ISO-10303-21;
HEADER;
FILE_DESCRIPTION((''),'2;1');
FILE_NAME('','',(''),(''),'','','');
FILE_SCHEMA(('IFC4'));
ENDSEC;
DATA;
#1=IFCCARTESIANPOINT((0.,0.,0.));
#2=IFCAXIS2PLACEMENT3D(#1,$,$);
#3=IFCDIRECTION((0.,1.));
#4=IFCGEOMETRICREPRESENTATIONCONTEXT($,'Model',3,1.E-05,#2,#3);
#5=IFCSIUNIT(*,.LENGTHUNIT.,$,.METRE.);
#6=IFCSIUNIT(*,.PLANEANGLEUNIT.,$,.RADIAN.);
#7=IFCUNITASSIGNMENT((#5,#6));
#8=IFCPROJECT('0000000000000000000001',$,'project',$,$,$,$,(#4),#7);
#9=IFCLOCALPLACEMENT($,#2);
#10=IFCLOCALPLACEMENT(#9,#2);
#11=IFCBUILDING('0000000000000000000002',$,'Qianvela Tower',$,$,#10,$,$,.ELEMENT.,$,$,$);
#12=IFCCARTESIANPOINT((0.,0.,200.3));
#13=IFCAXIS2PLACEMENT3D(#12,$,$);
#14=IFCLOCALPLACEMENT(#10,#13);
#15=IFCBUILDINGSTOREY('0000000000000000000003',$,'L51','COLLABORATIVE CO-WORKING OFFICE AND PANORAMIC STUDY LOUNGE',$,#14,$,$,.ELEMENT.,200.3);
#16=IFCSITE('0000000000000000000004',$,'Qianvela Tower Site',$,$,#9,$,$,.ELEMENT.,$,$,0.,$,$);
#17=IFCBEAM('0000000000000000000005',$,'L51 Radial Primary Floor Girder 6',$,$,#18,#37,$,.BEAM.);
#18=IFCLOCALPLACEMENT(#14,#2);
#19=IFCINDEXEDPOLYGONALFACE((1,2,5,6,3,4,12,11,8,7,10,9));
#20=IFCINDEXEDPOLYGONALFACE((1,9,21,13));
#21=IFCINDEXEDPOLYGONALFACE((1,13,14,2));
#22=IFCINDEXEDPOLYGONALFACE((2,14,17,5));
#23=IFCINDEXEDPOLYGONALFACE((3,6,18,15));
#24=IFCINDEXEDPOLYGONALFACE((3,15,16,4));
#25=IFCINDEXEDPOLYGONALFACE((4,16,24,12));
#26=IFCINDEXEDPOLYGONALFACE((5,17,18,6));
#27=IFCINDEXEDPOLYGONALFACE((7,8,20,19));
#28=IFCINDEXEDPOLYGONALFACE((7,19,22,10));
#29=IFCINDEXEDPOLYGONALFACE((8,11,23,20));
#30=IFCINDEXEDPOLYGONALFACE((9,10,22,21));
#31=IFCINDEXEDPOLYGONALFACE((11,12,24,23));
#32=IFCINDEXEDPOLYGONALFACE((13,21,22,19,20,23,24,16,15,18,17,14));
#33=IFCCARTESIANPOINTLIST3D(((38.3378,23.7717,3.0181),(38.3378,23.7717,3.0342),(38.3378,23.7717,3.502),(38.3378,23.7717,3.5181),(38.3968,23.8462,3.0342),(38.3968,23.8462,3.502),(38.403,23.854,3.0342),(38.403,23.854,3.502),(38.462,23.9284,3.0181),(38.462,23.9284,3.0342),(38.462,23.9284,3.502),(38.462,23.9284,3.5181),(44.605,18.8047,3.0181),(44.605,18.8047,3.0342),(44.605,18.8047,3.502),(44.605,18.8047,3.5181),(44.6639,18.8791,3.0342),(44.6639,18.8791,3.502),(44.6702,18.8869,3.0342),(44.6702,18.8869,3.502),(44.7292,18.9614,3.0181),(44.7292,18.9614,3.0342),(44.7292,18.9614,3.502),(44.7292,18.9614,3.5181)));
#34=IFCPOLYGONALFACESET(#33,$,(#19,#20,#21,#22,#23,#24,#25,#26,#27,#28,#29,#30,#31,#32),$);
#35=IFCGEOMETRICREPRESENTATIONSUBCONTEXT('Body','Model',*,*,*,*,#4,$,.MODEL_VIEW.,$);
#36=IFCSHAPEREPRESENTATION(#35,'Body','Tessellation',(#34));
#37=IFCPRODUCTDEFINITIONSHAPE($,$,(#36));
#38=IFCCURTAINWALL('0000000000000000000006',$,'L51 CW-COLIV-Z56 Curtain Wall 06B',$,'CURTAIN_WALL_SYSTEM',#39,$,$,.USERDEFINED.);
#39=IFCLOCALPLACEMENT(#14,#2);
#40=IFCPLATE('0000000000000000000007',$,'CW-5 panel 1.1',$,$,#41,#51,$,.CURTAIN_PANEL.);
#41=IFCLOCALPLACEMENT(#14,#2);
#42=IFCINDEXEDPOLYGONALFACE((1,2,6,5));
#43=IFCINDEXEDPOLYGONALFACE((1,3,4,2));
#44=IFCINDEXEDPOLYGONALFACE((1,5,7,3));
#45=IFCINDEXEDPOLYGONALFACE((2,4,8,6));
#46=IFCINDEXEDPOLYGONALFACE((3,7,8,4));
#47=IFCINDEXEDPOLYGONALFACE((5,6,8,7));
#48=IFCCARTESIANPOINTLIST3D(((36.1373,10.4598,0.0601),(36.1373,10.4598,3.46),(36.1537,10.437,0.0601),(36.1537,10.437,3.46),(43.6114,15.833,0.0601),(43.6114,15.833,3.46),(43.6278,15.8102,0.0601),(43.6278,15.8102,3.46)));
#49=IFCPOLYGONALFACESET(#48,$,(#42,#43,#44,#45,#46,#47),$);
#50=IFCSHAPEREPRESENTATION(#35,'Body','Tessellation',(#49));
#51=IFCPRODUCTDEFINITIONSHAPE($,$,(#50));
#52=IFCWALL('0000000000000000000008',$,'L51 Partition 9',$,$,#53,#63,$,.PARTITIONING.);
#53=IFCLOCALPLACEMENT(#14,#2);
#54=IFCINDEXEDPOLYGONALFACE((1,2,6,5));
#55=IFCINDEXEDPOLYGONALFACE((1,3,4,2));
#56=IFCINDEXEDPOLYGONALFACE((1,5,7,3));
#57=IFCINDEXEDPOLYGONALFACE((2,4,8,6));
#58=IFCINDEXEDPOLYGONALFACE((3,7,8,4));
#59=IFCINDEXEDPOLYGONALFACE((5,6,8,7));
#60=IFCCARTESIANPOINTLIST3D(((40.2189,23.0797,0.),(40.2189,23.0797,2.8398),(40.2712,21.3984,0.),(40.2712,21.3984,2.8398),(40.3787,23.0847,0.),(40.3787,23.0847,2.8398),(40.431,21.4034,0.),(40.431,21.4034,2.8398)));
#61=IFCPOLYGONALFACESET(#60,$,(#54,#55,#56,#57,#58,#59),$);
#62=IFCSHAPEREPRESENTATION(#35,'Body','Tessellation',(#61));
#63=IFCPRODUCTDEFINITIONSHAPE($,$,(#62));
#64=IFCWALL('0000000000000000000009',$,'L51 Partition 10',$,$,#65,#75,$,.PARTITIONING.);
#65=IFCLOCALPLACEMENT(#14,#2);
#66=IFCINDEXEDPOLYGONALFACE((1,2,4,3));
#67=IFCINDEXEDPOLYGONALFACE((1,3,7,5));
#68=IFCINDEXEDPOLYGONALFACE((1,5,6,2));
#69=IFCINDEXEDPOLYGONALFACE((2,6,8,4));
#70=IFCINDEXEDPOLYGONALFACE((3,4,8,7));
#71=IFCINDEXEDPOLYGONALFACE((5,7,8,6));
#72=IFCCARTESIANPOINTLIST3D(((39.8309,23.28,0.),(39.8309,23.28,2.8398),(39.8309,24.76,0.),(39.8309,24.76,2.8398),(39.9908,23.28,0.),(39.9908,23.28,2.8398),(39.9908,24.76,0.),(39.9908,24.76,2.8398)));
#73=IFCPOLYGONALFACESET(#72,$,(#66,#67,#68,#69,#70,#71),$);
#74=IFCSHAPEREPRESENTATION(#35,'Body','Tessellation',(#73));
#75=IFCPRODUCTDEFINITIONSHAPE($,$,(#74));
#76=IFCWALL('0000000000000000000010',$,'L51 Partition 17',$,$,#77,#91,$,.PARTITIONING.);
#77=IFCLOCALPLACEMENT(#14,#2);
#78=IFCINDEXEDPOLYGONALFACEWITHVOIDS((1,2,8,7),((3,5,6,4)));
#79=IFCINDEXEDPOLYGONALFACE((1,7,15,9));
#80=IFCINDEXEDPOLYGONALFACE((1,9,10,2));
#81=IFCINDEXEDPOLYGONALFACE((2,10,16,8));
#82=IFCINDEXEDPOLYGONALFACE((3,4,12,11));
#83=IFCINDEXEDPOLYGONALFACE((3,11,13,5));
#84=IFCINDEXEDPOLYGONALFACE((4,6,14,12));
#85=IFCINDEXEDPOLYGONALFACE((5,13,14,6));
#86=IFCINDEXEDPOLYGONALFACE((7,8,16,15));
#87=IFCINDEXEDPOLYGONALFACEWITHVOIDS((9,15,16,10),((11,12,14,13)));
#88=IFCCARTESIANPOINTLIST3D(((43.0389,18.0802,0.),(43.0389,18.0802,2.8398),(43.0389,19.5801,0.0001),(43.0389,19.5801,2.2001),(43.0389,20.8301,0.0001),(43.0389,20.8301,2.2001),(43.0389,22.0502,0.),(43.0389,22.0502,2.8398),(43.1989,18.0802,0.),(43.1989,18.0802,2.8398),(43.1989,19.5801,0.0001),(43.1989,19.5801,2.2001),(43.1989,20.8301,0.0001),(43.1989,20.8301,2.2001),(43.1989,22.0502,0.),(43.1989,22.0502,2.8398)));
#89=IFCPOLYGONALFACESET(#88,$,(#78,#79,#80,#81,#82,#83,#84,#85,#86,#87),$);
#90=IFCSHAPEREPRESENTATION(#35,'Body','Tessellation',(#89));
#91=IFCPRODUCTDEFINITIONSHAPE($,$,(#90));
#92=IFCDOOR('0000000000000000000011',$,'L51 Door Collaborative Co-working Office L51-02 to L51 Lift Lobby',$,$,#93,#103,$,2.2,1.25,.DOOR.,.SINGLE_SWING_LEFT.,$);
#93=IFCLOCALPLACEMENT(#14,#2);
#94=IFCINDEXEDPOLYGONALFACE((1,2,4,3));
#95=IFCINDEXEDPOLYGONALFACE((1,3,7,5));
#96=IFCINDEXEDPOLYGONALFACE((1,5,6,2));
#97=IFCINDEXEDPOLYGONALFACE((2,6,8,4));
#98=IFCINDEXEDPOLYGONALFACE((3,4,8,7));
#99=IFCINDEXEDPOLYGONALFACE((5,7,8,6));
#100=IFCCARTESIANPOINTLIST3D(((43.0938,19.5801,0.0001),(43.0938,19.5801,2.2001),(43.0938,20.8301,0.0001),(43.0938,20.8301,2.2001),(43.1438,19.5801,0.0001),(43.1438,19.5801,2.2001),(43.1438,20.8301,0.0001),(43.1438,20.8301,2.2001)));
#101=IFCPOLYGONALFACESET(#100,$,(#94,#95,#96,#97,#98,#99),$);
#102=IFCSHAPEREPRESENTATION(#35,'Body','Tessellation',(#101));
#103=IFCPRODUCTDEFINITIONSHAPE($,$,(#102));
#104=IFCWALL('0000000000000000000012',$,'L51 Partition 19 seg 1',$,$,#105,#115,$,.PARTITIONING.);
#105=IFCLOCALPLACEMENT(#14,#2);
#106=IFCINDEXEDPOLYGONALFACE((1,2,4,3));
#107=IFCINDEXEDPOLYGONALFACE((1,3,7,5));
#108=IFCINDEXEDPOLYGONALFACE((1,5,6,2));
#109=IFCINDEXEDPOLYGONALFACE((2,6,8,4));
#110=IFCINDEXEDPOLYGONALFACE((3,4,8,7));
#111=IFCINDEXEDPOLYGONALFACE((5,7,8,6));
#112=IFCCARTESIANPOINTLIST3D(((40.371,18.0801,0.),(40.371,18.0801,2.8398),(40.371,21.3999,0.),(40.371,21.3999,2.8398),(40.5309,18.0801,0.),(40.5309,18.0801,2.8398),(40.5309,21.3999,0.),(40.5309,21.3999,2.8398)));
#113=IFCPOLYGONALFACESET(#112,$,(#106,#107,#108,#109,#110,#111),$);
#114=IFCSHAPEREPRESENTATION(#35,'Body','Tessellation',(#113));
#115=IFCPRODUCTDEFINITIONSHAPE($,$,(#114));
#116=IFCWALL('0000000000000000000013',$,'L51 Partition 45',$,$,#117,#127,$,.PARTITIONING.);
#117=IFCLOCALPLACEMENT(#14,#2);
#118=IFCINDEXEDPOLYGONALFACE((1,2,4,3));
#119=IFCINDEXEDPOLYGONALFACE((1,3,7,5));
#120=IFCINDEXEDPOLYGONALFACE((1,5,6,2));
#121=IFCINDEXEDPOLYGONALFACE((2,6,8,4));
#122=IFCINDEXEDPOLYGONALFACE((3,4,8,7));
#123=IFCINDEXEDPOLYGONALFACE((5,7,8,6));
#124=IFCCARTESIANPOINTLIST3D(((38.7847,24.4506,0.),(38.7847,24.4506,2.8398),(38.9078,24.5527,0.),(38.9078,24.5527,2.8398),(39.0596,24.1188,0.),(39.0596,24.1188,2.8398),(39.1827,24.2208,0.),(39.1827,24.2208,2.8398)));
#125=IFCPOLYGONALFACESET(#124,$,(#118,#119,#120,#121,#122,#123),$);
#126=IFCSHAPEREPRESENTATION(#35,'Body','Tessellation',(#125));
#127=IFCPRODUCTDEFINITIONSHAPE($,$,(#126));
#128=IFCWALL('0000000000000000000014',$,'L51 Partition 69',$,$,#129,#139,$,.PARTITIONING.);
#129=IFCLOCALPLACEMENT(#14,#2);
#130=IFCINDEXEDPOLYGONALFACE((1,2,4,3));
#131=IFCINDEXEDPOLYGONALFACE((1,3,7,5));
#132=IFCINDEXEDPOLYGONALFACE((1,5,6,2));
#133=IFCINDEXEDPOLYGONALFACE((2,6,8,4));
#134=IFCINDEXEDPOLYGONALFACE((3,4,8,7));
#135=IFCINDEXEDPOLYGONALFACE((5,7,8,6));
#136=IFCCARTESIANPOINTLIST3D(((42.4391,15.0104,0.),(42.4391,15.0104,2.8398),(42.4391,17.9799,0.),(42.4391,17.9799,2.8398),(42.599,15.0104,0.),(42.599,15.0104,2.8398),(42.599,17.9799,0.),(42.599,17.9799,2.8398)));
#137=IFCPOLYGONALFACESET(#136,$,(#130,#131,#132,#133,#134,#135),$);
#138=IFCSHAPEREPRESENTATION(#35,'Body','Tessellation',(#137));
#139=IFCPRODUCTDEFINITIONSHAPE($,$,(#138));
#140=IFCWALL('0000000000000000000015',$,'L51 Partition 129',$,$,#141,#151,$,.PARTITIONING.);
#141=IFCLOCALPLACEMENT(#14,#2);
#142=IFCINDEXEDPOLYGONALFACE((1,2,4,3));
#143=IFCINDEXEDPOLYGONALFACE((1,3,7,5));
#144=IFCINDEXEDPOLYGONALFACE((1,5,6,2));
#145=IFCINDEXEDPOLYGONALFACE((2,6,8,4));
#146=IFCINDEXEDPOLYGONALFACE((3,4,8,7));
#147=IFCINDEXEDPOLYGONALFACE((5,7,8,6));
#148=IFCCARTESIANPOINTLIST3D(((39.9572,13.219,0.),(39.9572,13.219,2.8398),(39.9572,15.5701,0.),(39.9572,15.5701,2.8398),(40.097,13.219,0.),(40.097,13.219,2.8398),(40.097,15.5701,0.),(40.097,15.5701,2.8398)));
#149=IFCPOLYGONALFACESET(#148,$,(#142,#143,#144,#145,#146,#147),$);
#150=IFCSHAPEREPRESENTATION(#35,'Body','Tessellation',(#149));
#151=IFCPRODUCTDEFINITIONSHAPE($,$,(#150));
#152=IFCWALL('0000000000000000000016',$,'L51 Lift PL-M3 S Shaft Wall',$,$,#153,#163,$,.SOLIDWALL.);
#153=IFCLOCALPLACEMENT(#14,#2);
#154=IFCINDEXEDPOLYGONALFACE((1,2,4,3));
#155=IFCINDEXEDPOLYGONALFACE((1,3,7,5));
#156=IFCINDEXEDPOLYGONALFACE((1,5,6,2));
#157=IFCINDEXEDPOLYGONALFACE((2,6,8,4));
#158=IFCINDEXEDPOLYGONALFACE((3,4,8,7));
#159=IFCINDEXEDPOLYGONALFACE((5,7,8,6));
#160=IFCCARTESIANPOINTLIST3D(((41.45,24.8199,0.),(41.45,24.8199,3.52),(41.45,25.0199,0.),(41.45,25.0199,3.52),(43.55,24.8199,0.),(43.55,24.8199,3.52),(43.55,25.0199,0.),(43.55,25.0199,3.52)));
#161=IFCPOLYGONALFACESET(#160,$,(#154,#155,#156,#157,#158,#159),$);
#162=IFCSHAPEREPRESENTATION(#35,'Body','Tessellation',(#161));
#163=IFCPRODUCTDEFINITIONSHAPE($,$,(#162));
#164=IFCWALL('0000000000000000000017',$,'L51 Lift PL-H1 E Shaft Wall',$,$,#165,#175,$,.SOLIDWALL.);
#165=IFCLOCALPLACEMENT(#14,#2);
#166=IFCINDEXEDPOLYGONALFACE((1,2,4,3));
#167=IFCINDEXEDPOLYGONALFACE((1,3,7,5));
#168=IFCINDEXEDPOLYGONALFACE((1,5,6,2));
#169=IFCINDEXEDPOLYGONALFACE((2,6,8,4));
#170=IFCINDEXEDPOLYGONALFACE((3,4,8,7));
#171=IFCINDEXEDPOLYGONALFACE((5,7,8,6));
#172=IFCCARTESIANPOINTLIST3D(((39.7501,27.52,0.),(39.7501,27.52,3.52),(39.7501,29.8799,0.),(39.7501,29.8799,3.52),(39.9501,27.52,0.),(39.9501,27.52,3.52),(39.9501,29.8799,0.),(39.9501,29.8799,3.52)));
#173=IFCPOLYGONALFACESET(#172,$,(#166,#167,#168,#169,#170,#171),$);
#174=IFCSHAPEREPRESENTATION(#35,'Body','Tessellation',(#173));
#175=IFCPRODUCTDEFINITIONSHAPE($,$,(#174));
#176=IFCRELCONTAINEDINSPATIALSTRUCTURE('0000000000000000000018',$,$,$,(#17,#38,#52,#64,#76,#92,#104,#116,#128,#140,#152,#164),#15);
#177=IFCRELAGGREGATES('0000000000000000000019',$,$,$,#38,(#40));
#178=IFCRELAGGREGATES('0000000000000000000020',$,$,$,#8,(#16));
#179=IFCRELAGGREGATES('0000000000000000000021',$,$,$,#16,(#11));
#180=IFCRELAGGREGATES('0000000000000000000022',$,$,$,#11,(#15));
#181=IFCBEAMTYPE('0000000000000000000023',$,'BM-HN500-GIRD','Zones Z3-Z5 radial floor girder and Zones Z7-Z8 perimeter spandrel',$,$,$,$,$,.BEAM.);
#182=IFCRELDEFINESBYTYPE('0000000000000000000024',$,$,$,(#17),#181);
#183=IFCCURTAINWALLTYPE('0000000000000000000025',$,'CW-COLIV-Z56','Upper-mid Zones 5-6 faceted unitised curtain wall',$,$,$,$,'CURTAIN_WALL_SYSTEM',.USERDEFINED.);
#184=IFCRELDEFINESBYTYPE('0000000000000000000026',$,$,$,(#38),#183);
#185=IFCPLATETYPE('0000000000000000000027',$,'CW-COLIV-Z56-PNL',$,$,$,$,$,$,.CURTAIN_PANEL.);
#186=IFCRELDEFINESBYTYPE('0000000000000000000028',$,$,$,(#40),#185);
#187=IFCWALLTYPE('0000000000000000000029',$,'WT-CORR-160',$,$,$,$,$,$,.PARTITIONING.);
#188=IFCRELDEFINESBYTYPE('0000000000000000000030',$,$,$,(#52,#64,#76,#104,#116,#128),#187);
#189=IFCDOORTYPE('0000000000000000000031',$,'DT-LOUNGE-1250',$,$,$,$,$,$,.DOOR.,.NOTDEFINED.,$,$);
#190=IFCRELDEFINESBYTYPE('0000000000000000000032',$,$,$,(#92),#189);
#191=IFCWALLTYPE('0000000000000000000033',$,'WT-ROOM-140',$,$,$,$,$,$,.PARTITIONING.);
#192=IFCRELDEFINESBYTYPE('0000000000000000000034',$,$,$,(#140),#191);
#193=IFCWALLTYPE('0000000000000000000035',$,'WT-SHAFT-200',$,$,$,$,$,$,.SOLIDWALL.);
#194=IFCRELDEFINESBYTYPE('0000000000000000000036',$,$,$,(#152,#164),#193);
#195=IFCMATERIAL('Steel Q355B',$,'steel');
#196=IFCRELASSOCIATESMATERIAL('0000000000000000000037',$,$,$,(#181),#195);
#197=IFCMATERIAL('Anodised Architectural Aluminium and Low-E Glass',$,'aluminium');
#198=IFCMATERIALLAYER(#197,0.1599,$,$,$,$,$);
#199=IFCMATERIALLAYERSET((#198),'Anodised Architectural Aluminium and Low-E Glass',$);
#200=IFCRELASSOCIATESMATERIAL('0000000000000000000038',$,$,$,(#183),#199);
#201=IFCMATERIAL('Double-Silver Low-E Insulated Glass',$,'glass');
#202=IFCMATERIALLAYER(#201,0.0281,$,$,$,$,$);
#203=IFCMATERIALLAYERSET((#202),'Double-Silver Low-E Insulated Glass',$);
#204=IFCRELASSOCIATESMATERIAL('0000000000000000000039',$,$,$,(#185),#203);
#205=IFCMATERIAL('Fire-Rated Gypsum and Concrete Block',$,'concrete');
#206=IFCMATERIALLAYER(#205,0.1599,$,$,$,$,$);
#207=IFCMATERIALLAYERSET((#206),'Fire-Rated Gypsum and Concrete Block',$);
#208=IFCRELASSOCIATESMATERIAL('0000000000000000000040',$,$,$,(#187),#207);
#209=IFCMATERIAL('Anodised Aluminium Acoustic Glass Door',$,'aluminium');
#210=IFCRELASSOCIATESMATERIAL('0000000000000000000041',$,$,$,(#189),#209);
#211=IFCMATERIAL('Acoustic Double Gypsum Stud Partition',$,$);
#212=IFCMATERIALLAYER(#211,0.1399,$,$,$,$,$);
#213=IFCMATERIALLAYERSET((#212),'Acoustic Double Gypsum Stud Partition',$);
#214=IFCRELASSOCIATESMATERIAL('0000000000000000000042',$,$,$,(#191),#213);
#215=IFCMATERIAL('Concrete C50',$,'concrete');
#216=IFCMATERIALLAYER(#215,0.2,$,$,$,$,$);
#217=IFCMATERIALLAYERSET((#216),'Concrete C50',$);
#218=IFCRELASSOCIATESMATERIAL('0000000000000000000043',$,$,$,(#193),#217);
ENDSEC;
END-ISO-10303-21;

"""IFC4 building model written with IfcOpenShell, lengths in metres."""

from ifc_helpers import new_model, si_unit, direction, frame, frame_2d, origin, origin_2d, place, context, subcontext, project, spatial, rectangle, i_section, extrude, material, layer, layer_set, material_profile, profile_set, type_object, element, fill, aggregate, save


model = new_model("IFC4")

# Units and contexts
model_context = context("Model", 3, precision=1e-05, world=origin(), true_north=direction((0.0, 1.0)))
body_context = subcontext(model_context, "Body", "Model", "MODEL_VIEW")
ifc_project = project(units=[si_unit("LENGTHUNIT", "METRE"), si_unit("PLANEANGLEUNIT", "RADIAN")], contexts=[model_context])

# Site, building, storey
site_placement = place(None, origin())
site = spatial("IfcSite", under=ifc_project, at=site_placement, Name="Qianvela Tower Site", CompositionType="ELEMENT", RefElevation=0.0)
building_placement = place(site_placement, origin())
building = spatial("IfcBuilding", under=site, at=building_placement, Name="Qianvela Tower", CompositionType="ELEMENT")
storey_placement = place(building_placement, frame((0.0, 0.0, 200.3)))
storey = spatial("IfcBuildingStorey", under=building, at=storey_placement, Name="L51", Description="COLLABORATIVE CO-WORKING OFFICE AND PANORAMIC STUDY LOUNGE", CompositionType="ELEMENT", Elevation=200.3)

# Beam
ifc_material_1 = material(Name="Steel Q355B", Category="steel")
ifc_material_profile = material_profile(ifc_material_1, i_section(OverallWidth=0.2, OverallDepth=0.5, WebThickness=0.01, FlangeThickness=0.0161, at=origin_2d()), Name="HN500x200x10x16")
ifc_profile_set = profile_set([ifc_material_profile], Name="Steel Q355B")
beam_type = type_object("IfcBeamType", Name="BM-HN500-GIRD", Description="Zones Z3-Z5 radial floor girder and Zones Z7-Z8 perimeter spandrel", PredefinedType="BEAM", material=ifc_profile_set)
beam_placement = place(storey_placement, frame((38.3999, 23.8501, 3.2681), z_axis=(0.783705, -0.621133, 0.0), x_axis=(0.621133, 0.783705, 0.0)))
element("IfcBeam", 1, at=beam_placement, inside=storey, type_object=beam_type, Name="L51 Radial Primary Floor Girder 6", PredefinedType="BEAM", context=body_context, shape_type="SweptSolid", body=[
    extrude(i_section(OverallWidth=0.2, OverallDepth=0.5, WebThickness=0.01, FlangeThickness=0.0161, at=origin_2d()), origin(), (0.0, 0.0, 1.0), 7.9968),
])

# Curtain wall, plate
ifc_material_2 = material(Name="Anodised Architectural Aluminium and Low-E Glass", Category="aluminium")
ifc_layer_1 = layer(ifc_material_2, 0.1599)
ifc_layer_set_1 = layer_set([ifc_layer_1], Name="Anodised Architectural Aluminium and Low-E Glass")
curtain_wall_type = type_object("IfcCurtainWallType", Name="CW-COLIV-Z56", Description="Upper-mid Zones 5-6 faceted unitised curtain wall", ElementType="CURTAIN_WALL_SYSTEM", PredefinedType="USERDEFINED", material=ifc_layer_set_1)
curtain_wall_placement = place(storey_placement, origin())
curtain_wall = element("IfcCurtainWall", 2, at=curtain_wall_placement, inside=storey, type_object=curtain_wall_type, Name="L51 CW-COLIV-Z56 Curtain Wall 06B", ObjectType="CURTAIN_WALL_SYSTEM", PredefinedType="USERDEFINED")
ifc_material_3 = material(Name="Double-Silver Low-E Insulated Glass", Category="glass")
ifc_layer_2 = layer(ifc_material_3, 0.0281)
ifc_layer_set_2 = layer_set([ifc_layer_2], Name="Double-Silver Low-E Insulated Glass")
plate_type = type_object("IfcPlateType", Name="CW-COLIV-Z56-PNL", PredefinedType="CURTAIN_PANEL", material=ifc_layer_set_2)
plate_placement = place(storey_placement, frame((39.8826, 13.135, 0.0601), z_axis=(0.0, 0.0, 1.0), x_axis=(0.811952, 0.583724, 0.0)))
plate = element("IfcPlate", 3, at=plate_placement, type_object=plate_type, Name="CW-5 panel 1.1", PredefinedType="CURTAIN_PANEL", context=body_context, shape_type="SweptSolid", body=[
    extrude(rectangle(XDim=9.2051, YDim=0.0281, at=origin_2d()), origin(), (0.0, 0.0, 1.0), 3.3999),
])
aggregate(curtain_wall, [plate])

# Walls
ifc_material_4 = material(Name="Fire-Rated Gypsum and Concrete Block", Category="concrete")
ifc_layer_3 = layer(ifc_material_4, 0.1599)
ifc_layer_set_3 = layer_set([ifc_layer_3], Name="Fire-Rated Gypsum and Concrete Block")
wall_type_1 = type_object("IfcWallType", Name="WT-CORR-160", PredefinedType="PARTITIONING", material=ifc_layer_set_3)
wall_1_placement = place(storey_placement, frame((40.3511, 21.4009, 0.0), z_axis=(0.0, 0.0, 1.0), x_axis=(-0.031058, 0.999518, 0.0)))
element("IfcWall", 4, at=wall_1_placement, inside=storey, type_object=wall_type_1, Name="L51 Partition 9", PredefinedType="PARTITIONING", context=body_context, shape_type="SweptSolid", body=[
    extrude(rectangle(XDim=1.6821, YDim=0.1599, at=frame_2d((0.8411, 0.0))), origin(), (0.0, 0.0, 1.0), 2.8398),
])
wall_2_placement = place(storey_placement, frame((39.9109, 23.28, 0.0), z_axis=(0.0, 0.0, 1.0), x_axis=(0.0, 1.0, 0.0)))
element("IfcWall", 5, at=wall_2_placement, inside=storey, type_object=wall_type_1, Name="L51 Partition 10", PredefinedType="PARTITIONING", context=body_context, shape_type="SweptSolid", body=[
    extrude(rectangle(XDim=1.48, YDim=0.1599, at=frame_2d((0.74, 0.0))), origin(), (0.0, 0.0, 1.0), 2.8398),
])

# Wall, opening, door
wall_3_placement = place(storey_placement, frame((43.1189, 22.05, 0.0), z_axis=(0.0, 0.0, 1.0), x_axis=(0.0, -1.0, 0.0)))
wall_3 = element("IfcWall", 6, at=wall_3_placement, inside=storey, type_object=wall_type_1, Name="L51 Partition 17", PredefinedType="PARTITIONING", context=body_context, shape_type="SweptSolid", body=[
    extrude(rectangle(XDim=3.97, YDim=0.1599, at=frame_2d((1.9849, 0.0))), origin(), (0.0, 0.0, 1.0), 2.8398),
])
opening_1_placement = place(wall_3_placement, frame((1.22, 0.0, 0.0)))
opening_1 = element("IfcOpeningElement", 7, at=opening_1_placement, cuts=wall_3, PredefinedType="OPENING", context=body_context, shape_type="SweptSolid", body=[
    extrude(rectangle(XDim=1.25, YDim=2.2, at=frame_2d((0.625, 1.1001))), frame((0.0, 0.0898, 0.0), z_axis=(0.0, -1.0, 0.0), x_axis=(1.0, 0.0, 0.0)), (0.0, 0.0, 1.0), 0.1799),
])
ifc_material_5 = material(Name="Anodised Aluminium Acoustic Glass Door", Category="aluminium")
door_type_1 = type_object("IfcDoorType", Name="DT-LOUNGE-1250", OperationType="NOTDEFINED", PredefinedType="DOOR", material=ifc_material_5)
door_1_placement = place(opening_1_placement, origin())
door_1 = element("IfcDoor", 8, at=door_1_placement, inside=storey, type_object=door_type_1, Name="L51 Door Collaborative Co-working Office L51-02 to L51 Lift Lobby", OperationType="SINGLE_SWING_LEFT", OverallHeight=2.2, OverallWidth=1.25, PredefinedType="DOOR", context=body_context, shape_type="SweptSolid", body=[
    extrude(rectangle(XDim=1.25, YDim=2.2, at=frame_2d((0.625, 1.1001))), frame((0.0, 0.0249, 0.0), z_axis=(0.0, -1.0, 0.0), x_axis=(1.0, 0.0, 0.0)), (0.0, 0.0, 1.0), 0.05),
])
fill(opening_1, door_1)

# Walls
wall_4_placement = place(storey_placement, frame((40.4509, 18.0801, 0.0), z_axis=(0.0, 0.0, 1.0), x_axis=(0.0, 1.0, 0.0)))
element("IfcWall", 9, at=wall_4_placement, inside=storey, type_object=wall_type_1, Name="L51 Partition 19 seg 1", PredefinedType="PARTITIONING", context=body_context, shape_type="SweptSolid", body=[
    extrude(rectangle(XDim=3.3198, YDim=0.1599, at=frame_2d((1.6599, 0.0))), origin(), (0.0, 0.0, 1.0), 2.8398),
])
wall_5_placement = place(storey_placement, frame((39.1211, 24.1699, 0.0), z_axis=(0.0, 0.0, 1.0), x_axis=(-0.638008, 0.77003, 0.0)))
element("IfcWall", 10, at=wall_5_placement, inside=storey, type_object=wall_type_1, Name="L51 Partition 45", PredefinedType="PARTITIONING", context=body_context, shape_type="SweptSolid", body=[
    extrude(rectangle(XDim=0.4309, YDim=0.1599, at=frame_2d((0.2153, 0.0))), origin(), (0.0, 0.0, 1.0), 2.8398),
])
wall_6_placement = place(storey_placement, frame((42.519, 17.98, 0.0), z_axis=(0.0, 0.0, 1.0), x_axis=(0.0, -1.0, 0.0)))
element("IfcWall", 11, at=wall_6_placement, inside=storey, type_object=wall_type_1, Name="L51 Partition 69", PredefinedType="PARTITIONING", context=body_context, shape_type="SweptSolid", body=[
    extrude(rectangle(XDim=2.9695, YDim=0.1599, at=frame_2d((1.4849, 0.0))), origin(), (0.0, 0.0, 1.0), 2.8398),
])
ifc_material_6 = material(Name="Acoustic Double Gypsum Stud Partition")
ifc_layer_4 = layer(ifc_material_6, 0.1399)
ifc_layer_set_4 = layer_set([ifc_layer_4], Name="Acoustic Double Gypsum Stud Partition")
wall_type_2 = type_object("IfcWallType", Name="WT-ROOM-140", PredefinedType="PARTITIONING", material=ifc_layer_set_4)
wall_7_placement = place(storey_placement, frame((40.0271, 15.5701, 0.0), z_axis=(0.0, 0.0, 1.0), x_axis=(0.0, -1.0, 0.0)))
element("IfcWall", 12, at=wall_7_placement, inside=storey, type_object=wall_type_2, Name="L51 Partition 129", PredefinedType="PARTITIONING", context=body_context, shape_type="SweptSolid", body=[
    extrude(rectangle(XDim=2.3511, YDim=0.1399, at=frame_2d((1.1755, 0.0))), origin(), (0.0, 0.0, 1.0), 2.8398),
])

# Shared definitions
ifc_material_7 = material(Name="Concrete C50", Category="concrete")
ifc_layer_5 = layer(ifc_material_7, 0.2)
ifc_layer_set_5 = layer_set([ifc_layer_5], Name="Concrete C50")
wall_type_3 = type_object("IfcWallType", Name="WT-SHAFT-200", PredefinedType="SOLIDWALL", material=ifc_layer_set_5)

# Walls
wall_8_placement = place(storey_placement, frame((41.45, 24.9199, 0.0), z_axis=(0.0, 0.0, 1.0), x_axis=(1.0, 0.0, 0.0)))
element("IfcWall", 13, at=wall_8_placement, inside=storey, type_object=wall_type_3, Name="L51 Lift PL-M3 S Shaft Wall", PredefinedType="SOLIDWALL", context=body_context, shape_type="SweptSolid", body=[
    extrude(rectangle(XDim=2.1001, YDim=0.2, at=frame_2d((1.05, 0.0))), origin(), (0.0, 0.0, 1.0), 3.52),
])
wall_9_placement = place(storey_placement, frame((39.8501, 27.52, 0.0), z_axis=(0.0, 0.0, 1.0), x_axis=(0.0, 1.0, 0.0)))
element("IfcWall", 14, at=wall_9_placement, inside=storey, type_object=wall_type_3, Name="L51 Lift PL-H1 E Shaft Wall", PredefinedType="SOLIDWALL", context=body_context, shape_type="SweptSolid", body=[
    extrude(rectangle(XDim=2.3599, YDim=0.2, at=frame_2d((1.1799, 0.0))), origin(), (0.0, 0.0, 1.0), 3.52),
])

save(model, "model.ifc")
